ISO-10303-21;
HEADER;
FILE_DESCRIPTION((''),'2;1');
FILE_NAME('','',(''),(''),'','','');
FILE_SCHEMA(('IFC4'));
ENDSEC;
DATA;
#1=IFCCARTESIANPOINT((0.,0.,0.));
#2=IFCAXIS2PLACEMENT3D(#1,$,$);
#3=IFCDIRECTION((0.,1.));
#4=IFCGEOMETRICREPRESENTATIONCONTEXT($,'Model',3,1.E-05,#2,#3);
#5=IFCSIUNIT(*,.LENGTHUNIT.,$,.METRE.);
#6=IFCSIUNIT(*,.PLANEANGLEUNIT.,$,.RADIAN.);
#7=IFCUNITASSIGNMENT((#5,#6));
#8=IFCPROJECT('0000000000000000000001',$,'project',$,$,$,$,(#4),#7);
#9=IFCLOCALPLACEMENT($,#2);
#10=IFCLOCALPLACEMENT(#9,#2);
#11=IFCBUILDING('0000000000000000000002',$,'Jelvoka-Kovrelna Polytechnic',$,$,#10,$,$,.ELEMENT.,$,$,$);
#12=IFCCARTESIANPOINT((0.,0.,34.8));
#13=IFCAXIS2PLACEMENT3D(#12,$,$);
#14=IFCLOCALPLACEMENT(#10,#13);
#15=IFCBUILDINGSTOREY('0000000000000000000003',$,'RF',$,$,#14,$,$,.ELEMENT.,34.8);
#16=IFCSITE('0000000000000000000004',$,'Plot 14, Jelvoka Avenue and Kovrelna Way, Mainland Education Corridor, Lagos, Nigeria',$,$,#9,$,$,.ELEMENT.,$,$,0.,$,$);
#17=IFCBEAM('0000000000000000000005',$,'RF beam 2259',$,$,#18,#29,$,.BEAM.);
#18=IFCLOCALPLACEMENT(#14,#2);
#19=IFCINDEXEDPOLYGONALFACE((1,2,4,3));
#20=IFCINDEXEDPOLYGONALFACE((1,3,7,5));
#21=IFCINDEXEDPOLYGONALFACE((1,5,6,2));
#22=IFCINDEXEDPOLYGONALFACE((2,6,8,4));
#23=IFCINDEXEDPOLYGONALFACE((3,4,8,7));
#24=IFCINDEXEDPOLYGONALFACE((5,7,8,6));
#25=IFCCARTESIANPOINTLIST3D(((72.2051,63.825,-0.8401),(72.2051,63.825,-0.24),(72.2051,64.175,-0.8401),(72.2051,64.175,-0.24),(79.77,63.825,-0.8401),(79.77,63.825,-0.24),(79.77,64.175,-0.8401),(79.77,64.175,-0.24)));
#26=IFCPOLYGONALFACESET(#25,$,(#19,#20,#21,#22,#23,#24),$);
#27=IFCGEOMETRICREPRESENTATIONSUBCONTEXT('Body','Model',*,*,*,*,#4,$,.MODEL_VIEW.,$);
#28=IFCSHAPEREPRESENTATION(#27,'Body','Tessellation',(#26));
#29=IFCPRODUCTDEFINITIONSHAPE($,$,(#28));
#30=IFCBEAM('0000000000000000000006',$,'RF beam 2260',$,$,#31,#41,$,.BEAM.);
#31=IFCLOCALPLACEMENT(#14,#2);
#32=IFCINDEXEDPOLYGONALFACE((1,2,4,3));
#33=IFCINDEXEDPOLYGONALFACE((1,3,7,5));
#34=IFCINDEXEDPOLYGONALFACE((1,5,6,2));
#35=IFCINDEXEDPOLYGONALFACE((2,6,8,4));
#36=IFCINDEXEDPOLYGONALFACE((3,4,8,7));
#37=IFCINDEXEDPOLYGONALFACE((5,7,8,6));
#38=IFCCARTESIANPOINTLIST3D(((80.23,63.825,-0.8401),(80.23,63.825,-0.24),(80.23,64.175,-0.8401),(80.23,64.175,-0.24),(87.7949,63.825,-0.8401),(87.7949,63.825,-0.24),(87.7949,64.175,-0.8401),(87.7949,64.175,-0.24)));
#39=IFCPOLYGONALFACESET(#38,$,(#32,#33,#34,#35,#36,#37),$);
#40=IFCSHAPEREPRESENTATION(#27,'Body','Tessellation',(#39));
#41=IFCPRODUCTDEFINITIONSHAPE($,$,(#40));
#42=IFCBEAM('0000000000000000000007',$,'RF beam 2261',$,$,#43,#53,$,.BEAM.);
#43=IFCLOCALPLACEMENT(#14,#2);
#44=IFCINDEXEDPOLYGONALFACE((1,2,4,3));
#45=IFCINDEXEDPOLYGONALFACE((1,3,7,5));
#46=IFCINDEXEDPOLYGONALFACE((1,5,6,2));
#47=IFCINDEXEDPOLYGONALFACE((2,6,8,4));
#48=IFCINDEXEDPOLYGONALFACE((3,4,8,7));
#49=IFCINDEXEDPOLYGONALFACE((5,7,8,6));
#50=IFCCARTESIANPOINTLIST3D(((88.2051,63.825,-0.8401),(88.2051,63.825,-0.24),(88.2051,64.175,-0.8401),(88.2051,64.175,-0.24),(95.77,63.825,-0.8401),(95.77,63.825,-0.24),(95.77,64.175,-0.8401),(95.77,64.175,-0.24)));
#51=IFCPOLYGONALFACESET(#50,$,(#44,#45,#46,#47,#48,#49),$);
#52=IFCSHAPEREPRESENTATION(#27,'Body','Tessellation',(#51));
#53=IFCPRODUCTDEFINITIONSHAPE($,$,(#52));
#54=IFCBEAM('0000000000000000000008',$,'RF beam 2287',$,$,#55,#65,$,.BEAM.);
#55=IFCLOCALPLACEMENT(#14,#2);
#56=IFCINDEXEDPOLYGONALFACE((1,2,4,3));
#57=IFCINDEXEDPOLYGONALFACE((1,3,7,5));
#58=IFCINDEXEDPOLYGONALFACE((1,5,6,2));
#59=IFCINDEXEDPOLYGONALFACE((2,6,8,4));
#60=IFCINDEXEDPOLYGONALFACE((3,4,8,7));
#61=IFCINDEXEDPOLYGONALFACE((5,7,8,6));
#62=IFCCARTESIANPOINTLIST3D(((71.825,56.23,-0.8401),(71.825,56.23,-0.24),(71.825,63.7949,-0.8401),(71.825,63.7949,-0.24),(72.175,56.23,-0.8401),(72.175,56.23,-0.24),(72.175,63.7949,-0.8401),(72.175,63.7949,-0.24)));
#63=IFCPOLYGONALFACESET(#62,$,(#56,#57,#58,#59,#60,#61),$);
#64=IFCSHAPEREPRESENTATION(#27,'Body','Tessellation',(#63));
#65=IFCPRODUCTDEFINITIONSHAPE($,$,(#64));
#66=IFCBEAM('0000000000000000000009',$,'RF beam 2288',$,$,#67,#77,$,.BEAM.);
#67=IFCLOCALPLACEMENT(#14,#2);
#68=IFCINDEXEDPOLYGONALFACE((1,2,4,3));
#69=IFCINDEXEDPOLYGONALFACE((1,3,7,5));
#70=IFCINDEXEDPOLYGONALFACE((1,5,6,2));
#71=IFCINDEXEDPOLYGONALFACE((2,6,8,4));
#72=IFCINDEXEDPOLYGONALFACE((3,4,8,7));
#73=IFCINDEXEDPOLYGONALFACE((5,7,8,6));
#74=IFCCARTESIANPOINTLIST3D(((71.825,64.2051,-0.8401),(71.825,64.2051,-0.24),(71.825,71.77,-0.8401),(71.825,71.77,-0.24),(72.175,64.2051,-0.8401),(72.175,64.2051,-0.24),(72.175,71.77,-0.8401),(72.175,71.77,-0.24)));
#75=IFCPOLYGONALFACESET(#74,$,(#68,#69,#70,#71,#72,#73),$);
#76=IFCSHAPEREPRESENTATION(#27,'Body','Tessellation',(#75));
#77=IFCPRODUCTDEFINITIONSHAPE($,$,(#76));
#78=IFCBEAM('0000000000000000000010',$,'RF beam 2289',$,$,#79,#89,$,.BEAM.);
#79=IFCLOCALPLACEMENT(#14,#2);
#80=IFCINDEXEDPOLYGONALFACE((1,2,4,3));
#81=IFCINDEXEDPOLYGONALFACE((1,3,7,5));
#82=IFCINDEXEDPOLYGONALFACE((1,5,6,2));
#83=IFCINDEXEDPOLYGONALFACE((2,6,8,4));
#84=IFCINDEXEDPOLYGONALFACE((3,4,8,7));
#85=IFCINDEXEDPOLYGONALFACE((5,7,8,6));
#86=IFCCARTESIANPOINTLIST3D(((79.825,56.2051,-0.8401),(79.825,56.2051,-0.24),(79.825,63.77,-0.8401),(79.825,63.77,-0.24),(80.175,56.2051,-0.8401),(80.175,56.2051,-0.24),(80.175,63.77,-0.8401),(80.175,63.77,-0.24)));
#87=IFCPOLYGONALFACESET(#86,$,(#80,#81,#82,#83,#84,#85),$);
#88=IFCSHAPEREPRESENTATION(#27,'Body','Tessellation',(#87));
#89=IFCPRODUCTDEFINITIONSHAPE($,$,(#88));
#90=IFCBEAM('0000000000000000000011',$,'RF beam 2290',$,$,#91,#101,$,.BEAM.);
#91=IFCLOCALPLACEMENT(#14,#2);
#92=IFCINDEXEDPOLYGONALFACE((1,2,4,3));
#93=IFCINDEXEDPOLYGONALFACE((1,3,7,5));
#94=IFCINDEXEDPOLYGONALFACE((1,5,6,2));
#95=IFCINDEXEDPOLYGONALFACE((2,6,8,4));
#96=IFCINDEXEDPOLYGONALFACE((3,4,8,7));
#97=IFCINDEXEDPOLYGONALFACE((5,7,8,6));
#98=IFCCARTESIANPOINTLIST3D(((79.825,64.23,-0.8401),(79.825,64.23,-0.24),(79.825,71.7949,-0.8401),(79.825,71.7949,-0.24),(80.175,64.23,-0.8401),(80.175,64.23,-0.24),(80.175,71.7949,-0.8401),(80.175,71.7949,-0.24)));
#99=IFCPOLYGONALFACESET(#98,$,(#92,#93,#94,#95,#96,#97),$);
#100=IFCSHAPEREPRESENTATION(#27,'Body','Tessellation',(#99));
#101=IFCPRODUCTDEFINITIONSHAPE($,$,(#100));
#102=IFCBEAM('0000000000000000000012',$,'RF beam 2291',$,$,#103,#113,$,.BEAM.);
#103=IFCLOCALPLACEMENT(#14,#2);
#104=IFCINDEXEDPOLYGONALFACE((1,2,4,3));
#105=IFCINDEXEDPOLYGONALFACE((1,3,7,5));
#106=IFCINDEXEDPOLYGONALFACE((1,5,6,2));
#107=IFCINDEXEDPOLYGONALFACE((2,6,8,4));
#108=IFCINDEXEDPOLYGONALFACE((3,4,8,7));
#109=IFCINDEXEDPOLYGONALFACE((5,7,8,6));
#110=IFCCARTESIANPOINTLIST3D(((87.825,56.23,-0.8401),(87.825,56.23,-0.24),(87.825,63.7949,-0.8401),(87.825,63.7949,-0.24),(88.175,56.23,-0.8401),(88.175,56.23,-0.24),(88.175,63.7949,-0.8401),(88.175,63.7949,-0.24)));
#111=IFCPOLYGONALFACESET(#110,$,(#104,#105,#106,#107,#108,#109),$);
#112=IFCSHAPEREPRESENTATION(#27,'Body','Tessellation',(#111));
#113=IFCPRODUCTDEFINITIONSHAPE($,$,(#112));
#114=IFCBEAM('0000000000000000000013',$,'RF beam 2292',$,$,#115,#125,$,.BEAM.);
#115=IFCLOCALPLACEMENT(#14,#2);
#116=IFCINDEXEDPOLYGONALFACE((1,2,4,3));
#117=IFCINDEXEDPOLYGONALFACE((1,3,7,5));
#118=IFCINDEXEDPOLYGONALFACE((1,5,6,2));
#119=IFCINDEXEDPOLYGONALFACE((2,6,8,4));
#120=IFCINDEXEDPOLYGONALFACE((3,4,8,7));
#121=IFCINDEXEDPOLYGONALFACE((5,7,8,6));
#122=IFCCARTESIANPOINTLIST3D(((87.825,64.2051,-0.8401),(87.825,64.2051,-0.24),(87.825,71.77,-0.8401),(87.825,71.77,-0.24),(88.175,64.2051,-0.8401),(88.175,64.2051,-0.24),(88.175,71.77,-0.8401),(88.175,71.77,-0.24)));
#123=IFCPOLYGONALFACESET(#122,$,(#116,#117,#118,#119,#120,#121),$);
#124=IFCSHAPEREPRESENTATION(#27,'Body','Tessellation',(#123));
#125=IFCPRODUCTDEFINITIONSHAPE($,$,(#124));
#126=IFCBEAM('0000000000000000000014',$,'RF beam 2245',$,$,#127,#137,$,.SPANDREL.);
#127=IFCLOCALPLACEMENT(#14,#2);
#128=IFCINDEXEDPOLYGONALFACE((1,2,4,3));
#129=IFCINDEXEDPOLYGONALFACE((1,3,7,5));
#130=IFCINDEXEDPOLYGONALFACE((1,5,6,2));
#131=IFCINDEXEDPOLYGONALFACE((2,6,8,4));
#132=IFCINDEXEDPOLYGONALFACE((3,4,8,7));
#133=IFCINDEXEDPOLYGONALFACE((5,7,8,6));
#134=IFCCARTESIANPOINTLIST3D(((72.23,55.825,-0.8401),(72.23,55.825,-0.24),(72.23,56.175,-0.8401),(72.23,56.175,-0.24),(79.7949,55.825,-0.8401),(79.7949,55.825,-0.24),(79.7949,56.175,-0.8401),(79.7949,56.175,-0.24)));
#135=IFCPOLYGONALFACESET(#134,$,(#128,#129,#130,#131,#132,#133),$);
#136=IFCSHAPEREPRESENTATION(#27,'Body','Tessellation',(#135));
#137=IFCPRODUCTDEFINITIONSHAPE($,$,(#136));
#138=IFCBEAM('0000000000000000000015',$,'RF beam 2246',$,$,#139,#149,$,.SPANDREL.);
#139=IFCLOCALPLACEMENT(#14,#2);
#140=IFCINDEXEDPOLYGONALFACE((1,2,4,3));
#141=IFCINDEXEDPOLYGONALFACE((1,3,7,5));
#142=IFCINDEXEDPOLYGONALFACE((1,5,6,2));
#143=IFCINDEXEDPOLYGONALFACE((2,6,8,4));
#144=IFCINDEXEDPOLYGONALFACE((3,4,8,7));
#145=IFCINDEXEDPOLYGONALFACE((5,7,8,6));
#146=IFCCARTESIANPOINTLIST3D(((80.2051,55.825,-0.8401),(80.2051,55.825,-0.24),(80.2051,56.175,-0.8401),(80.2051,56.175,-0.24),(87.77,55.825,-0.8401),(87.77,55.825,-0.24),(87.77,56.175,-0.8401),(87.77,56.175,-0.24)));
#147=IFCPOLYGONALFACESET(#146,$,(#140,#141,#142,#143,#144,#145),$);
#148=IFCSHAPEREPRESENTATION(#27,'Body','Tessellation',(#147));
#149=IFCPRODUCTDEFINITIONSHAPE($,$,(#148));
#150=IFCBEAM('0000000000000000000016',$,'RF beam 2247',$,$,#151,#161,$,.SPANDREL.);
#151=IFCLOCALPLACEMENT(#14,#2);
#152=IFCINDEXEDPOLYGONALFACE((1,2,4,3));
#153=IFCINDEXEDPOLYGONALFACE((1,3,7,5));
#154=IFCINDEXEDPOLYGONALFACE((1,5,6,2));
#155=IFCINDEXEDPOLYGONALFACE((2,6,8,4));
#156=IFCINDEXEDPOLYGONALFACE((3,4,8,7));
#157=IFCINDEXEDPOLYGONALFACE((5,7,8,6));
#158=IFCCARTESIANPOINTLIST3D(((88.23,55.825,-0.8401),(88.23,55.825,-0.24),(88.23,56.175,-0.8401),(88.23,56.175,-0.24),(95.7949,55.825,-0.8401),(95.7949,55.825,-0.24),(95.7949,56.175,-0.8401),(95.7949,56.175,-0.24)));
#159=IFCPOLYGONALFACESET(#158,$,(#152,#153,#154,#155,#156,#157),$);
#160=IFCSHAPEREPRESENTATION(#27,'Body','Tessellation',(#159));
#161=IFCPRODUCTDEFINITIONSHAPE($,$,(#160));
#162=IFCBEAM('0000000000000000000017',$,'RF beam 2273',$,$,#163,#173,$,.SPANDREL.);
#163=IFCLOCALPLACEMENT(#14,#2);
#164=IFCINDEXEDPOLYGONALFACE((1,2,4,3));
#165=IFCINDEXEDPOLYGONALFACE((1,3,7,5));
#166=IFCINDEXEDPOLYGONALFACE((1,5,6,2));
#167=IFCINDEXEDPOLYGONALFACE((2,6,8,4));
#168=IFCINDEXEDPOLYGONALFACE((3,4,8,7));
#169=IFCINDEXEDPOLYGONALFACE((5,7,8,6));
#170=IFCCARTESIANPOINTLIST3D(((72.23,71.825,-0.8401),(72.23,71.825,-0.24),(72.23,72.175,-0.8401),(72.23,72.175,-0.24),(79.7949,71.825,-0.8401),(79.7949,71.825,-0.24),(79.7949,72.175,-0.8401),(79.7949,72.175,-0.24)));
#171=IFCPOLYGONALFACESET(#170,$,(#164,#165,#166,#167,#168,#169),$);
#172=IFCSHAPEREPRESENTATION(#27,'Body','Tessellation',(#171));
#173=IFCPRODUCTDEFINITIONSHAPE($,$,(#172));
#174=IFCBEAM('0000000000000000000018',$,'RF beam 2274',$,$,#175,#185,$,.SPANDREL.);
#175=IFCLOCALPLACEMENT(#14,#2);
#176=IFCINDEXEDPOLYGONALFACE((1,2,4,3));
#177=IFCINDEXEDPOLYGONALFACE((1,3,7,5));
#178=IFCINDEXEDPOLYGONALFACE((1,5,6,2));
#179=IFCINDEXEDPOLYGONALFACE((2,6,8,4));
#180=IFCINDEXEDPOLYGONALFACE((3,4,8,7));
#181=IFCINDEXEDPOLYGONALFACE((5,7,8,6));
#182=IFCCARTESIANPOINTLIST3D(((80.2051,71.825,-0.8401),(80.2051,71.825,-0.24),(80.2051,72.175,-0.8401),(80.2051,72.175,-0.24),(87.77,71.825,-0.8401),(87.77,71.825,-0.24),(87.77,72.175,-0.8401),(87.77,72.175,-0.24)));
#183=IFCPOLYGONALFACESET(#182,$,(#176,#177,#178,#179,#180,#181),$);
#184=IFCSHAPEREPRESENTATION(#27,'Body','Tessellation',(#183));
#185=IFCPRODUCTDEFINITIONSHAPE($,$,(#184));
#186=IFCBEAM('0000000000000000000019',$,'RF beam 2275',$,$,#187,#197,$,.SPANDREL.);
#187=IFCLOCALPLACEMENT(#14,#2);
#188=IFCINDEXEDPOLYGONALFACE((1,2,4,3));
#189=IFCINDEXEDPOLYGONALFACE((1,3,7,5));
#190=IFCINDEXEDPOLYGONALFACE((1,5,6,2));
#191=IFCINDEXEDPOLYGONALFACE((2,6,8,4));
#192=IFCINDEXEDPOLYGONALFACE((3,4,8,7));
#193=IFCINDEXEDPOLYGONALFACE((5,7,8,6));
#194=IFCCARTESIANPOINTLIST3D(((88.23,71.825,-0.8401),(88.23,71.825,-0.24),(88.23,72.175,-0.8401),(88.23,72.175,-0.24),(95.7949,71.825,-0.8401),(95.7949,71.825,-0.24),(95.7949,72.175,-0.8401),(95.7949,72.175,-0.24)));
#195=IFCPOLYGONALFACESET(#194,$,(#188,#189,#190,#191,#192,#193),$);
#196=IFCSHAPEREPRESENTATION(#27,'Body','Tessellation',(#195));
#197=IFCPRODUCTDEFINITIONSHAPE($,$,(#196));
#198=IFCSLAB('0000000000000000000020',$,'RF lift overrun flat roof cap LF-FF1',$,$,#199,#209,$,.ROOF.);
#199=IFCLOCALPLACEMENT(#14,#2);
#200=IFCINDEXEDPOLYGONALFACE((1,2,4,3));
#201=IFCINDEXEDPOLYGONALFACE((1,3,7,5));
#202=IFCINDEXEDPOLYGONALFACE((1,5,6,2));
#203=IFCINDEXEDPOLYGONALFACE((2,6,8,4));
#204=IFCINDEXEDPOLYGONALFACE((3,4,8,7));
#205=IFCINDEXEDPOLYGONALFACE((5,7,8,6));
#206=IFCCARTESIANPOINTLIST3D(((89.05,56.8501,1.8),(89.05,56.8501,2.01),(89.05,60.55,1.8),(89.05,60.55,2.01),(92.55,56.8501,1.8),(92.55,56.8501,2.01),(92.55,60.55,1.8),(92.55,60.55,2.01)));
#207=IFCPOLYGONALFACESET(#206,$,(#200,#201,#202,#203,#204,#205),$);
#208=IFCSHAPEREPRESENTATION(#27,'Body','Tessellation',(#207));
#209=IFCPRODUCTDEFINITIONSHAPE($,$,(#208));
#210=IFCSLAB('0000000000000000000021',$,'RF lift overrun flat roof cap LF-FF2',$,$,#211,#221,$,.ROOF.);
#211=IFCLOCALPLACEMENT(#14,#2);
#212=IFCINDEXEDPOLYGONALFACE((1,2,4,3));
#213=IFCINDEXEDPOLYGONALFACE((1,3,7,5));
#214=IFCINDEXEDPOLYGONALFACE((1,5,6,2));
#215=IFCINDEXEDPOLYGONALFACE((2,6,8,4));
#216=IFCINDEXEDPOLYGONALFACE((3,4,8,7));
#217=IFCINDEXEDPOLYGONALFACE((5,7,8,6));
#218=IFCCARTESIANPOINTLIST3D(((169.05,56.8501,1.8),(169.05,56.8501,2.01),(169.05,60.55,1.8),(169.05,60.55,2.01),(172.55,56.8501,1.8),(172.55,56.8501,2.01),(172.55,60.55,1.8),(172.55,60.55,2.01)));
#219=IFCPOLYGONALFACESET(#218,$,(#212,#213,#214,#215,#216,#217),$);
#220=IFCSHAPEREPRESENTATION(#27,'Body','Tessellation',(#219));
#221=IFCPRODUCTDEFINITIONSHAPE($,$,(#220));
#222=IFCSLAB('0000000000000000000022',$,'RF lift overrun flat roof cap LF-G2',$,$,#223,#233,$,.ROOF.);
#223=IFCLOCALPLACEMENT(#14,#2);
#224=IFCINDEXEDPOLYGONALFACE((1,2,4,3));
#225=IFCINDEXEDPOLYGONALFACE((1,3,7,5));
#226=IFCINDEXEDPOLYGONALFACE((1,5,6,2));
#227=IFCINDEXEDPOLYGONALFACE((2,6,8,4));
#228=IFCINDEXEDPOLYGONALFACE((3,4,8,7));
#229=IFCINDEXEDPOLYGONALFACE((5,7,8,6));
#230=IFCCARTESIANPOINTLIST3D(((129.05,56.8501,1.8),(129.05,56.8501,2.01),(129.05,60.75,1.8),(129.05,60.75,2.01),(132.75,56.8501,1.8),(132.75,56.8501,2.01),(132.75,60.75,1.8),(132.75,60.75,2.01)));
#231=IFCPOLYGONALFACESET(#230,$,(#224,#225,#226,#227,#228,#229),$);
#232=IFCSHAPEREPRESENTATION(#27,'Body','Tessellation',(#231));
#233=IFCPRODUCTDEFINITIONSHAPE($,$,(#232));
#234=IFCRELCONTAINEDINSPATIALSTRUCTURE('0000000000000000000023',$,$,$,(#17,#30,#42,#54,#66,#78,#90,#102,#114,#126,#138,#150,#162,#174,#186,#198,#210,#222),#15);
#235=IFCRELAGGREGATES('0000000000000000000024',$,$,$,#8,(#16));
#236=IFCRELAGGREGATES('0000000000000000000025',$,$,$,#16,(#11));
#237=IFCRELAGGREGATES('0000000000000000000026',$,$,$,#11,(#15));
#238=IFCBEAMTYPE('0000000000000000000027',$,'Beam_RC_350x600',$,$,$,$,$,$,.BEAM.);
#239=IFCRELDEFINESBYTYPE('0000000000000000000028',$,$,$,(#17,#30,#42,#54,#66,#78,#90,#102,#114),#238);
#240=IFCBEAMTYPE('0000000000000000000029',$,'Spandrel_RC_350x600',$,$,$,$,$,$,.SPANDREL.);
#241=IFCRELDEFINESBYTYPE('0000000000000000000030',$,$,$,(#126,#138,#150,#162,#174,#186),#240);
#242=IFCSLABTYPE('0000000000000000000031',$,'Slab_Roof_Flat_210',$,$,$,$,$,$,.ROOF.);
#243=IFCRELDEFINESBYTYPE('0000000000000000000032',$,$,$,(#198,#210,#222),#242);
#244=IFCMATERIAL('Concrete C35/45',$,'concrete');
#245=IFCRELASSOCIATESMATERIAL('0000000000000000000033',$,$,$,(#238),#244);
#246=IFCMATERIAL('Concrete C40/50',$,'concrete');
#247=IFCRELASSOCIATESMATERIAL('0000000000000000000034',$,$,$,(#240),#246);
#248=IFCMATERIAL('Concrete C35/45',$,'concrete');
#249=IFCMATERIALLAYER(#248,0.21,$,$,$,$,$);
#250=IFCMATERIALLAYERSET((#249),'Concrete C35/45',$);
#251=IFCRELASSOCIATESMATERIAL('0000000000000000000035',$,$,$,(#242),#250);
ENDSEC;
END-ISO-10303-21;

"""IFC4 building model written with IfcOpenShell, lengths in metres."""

from ifc_helpers import new_model, si_unit, direction, frame, origin, origin_2d, place, context, subcontext, project, spatial, polyline, rectangle, outline, extrude, material, layer, layer_set, material_profile, profile_set, type_object, element, save


model = new_model("IFC4")

# Units and contexts
model_context = context("Model", 3, precision=1e-05, world=origin(), true_north=direction((0.0, 1.0)))
body_context = subcontext(model_context, "Body", "Model", "MODEL_VIEW")
ifc_project = project(units=[si_unit("LENGTHUNIT", "METRE"), si_unit("PLANEANGLEUNIT", "RADIAN")], contexts=[model_context])

# Site, building, storey
site_placement = place(None, origin())
site = spatial("IfcSite", under=ifc_project, at=site_placement, Name="Plot 14, Jelvoka Avenue and Kovrelna Way, Mainland Education Corridor, Lagos, Nigeria", CompositionType="ELEMENT", RefElevation=0.0)
building_placement = place(site_placement, origin())
building = spatial("IfcBuilding", under=site, at=building_placement, Name="Jelvoka-Kovrelna Polytechnic", CompositionType="ELEMENT")
storey_placement = place(building_placement, frame((0.0, 0.0, 34.8)))
storey = spatial("IfcBuildingStorey", under=building, at=storey_placement, Name="RF", CompositionType="ELEMENT", Elevation=34.8)

# Beams
ifc_material_1 = material(Name="Concrete C35/45", Category="concrete")
ifc_material_profile_1 = material_profile(ifc_material_1, rectangle(XDim=0.3501, YDim=0.6001, at=origin_2d()), Name="RC 350x600")
ifc_profile_set_1 = profile_set([ifc_material_profile_1], Name="Concrete C35/45")
beam_type_1 = type_object("IfcBeamType", Name="Beam_RC_350x600", PredefinedType="BEAM", material=ifc_profile_set_1)
for number, where, z_axis, x_axis, name in (
    (1, (72.2051, 64.0, -0.54), (1.0, 0.0, 0.0), (0.0, 1.0, 0.0), "RF beam 2259"),
    (2, (80.23, 64.0, -0.54), (1.0, 0.0, 0.0), (0.0, 1.0, 0.0), "RF beam 2260"),
    (3, (88.2051, 64.0, -0.54), (1.0, 0.0, 0.0), (0.0, 1.0, 0.0), "RF beam 2261"),
    (4, (72.0, 56.23, -0.54), (0.0, 1.0, 0.0), (-1.0, 0.0, 0.0), "RF beam 2287"),
    (5, (72.0, 64.2051, -0.54), (0.0, 1.0, 0.0), (-1.0, 0.0, 0.0), "RF beam 2288"),
    (6, (80.0, 56.2051, -0.54), (0.0, 1.0, 0.0), (-1.0, 0.0, 0.0), "RF beam 2289"),
    (7, (80.0, 64.23, -0.54), (0.0, 1.0, 0.0), (-1.0, 0.0, 0.0), "RF beam 2290"),
    (8, (88.0, 56.23, -0.54), (0.0, 1.0, 0.0), (-1.0, 0.0, 0.0), "RF beam 2291"),
    (9, (88.0, 64.2051, -0.54), (0.0, 1.0, 0.0), (-1.0, 0.0, 0.0), "RF beam 2292"),
):
    element("IfcBeam", number, at=place(storey_placement, frame(where, z_axis=z_axis, x_axis=x_axis)), inside=storey, type_object=beam_type_1, Name=name, PredefinedType="BEAM", context=body_context, shape_type="SweptSolid", body=[
        extrude(rectangle(XDim=0.3501, YDim=0.6001, at=origin_2d()), origin(), (0.0, 0.0, 1.0), 7.5649),
    ])
ifc_material_2 = material(Name="Concrete C40/50", Category="concrete")
ifc_material_profile_2 = material_profile(ifc_material_2, rectangle(XDim=0.3501, YDim=0.6001, at=origin_2d()), Name="RC 350x600")
ifc_profile_set_2 = profile_set([ifc_material_profile_2], Name="Concrete C40/50")
beam_type_2 = type_object("IfcBeamType", Name="Spandrel_RC_350x600", PredefinedType="SPANDREL", material=ifc_profile_set_2)
for number, where, z_axis, x_axis, name in (
    (10, (72.23, 56.0, -0.54), (1.0, 0.0, 0.0), (0.0, 1.0, 0.0), "RF beam 2245"),
    (11, (80.2051, 56.0, -0.54), (1.0, 0.0, 0.0), (0.0, 1.0, 0.0), "RF beam 2246"),
    (12, (88.23, 56.0, -0.54), (1.0, 0.0, 0.0), (0.0, 1.0, 0.0), "RF beam 2247"),
    (13, (72.23, 72.0, -0.54), (1.0, 0.0, 0.0), (0.0, 1.0, 0.0), "RF beam 2273"),
    (14, (80.2051, 72.0, -0.54), (1.0, 0.0, 0.0), (0.0, 1.0, 0.0), "RF beam 2274"),
    (15, (88.23, 72.0, -0.54), (1.0, 0.0, 0.0), (0.0, 1.0, 0.0), "RF beam 2275"),
):
    element("IfcBeam", number, at=place(storey_placement, frame(where, z_axis=z_axis, x_axis=x_axis)), inside=storey, type_object=beam_type_2, Name=name, PredefinedType="SPANDREL", context=body_context, shape_type="SweptSolid", body=[
        extrude(rectangle(XDim=0.3501, YDim=0.6001, at=origin_2d()), origin(), (0.0, 0.0, 1.0), 7.5649),
    ])

# Slabs
ifc_material_3 = material(Name="Concrete C35/45", Category="concrete")
ifc_layer_1 = layer(ifc_material_3, 0.21)
ifc_layer_set_1 = layer_set([ifc_layer_1], Name="Concrete C35/45")
slab_type_1 = type_object("IfcSlabType", Name="Slab_Roof_Flat_210", PredefinedType="ROOF", material=ifc_layer_set_1)
slab_1_placement = place(storey_placement, frame((0.0, 0.0, 1.8)))
element("IfcSlab", 16, at=slab_1_placement, inside=storey, type_object=slab_type_1, Name="RF lift overrun flat roof cap LF-FF1", PredefinedType="ROOF", context=body_context, shape_type="SweptSolid", body=[
    extrude(outline(polyline([(89.05, 56.8501), (92.55, 56.8501), (92.55, 60.55), (89.05, 60.55), (89.05, 56.8501)])), origin(), (0.0, 0.0, 1.0), 0.21),
])
slab_2_placement = place(storey_placement, frame((0.0, 0.0, 1.8)))
element("IfcSlab", 17, at=slab_2_placement, inside=storey, type_object=slab_type_1, Name="RF lift overrun flat roof cap LF-FF2", PredefinedType="ROOF", context=body_context, shape_type="SweptSolid", body=[
    extrude(outline(polyline([(169.05, 56.8501), (172.55, 56.8501), (172.55, 60.55), (169.05, 60.55), (169.05, 56.8501)])), origin(), (0.0, 0.0, 1.0), 0.21),
])
slab_3_placement = place(storey_placement, frame((0.0, 0.0, 1.8)))
element("IfcSlab", 18, at=slab_3_placement, inside=storey, type_object=slab_type_1, Name="RF lift overrun flat roof cap LF-G2", PredefinedType="ROOF", context=body_context, shape_type="SweptSolid", body=[
    extrude(outline(polyline([(129.05, 56.8501), (132.75, 56.8501), (132.75, 60.75), (129.05, 60.75), (129.05, 56.8501)])), origin(), (0.0, 0.0, 1.0), 0.21),
])

save(model, "model.ifc")
